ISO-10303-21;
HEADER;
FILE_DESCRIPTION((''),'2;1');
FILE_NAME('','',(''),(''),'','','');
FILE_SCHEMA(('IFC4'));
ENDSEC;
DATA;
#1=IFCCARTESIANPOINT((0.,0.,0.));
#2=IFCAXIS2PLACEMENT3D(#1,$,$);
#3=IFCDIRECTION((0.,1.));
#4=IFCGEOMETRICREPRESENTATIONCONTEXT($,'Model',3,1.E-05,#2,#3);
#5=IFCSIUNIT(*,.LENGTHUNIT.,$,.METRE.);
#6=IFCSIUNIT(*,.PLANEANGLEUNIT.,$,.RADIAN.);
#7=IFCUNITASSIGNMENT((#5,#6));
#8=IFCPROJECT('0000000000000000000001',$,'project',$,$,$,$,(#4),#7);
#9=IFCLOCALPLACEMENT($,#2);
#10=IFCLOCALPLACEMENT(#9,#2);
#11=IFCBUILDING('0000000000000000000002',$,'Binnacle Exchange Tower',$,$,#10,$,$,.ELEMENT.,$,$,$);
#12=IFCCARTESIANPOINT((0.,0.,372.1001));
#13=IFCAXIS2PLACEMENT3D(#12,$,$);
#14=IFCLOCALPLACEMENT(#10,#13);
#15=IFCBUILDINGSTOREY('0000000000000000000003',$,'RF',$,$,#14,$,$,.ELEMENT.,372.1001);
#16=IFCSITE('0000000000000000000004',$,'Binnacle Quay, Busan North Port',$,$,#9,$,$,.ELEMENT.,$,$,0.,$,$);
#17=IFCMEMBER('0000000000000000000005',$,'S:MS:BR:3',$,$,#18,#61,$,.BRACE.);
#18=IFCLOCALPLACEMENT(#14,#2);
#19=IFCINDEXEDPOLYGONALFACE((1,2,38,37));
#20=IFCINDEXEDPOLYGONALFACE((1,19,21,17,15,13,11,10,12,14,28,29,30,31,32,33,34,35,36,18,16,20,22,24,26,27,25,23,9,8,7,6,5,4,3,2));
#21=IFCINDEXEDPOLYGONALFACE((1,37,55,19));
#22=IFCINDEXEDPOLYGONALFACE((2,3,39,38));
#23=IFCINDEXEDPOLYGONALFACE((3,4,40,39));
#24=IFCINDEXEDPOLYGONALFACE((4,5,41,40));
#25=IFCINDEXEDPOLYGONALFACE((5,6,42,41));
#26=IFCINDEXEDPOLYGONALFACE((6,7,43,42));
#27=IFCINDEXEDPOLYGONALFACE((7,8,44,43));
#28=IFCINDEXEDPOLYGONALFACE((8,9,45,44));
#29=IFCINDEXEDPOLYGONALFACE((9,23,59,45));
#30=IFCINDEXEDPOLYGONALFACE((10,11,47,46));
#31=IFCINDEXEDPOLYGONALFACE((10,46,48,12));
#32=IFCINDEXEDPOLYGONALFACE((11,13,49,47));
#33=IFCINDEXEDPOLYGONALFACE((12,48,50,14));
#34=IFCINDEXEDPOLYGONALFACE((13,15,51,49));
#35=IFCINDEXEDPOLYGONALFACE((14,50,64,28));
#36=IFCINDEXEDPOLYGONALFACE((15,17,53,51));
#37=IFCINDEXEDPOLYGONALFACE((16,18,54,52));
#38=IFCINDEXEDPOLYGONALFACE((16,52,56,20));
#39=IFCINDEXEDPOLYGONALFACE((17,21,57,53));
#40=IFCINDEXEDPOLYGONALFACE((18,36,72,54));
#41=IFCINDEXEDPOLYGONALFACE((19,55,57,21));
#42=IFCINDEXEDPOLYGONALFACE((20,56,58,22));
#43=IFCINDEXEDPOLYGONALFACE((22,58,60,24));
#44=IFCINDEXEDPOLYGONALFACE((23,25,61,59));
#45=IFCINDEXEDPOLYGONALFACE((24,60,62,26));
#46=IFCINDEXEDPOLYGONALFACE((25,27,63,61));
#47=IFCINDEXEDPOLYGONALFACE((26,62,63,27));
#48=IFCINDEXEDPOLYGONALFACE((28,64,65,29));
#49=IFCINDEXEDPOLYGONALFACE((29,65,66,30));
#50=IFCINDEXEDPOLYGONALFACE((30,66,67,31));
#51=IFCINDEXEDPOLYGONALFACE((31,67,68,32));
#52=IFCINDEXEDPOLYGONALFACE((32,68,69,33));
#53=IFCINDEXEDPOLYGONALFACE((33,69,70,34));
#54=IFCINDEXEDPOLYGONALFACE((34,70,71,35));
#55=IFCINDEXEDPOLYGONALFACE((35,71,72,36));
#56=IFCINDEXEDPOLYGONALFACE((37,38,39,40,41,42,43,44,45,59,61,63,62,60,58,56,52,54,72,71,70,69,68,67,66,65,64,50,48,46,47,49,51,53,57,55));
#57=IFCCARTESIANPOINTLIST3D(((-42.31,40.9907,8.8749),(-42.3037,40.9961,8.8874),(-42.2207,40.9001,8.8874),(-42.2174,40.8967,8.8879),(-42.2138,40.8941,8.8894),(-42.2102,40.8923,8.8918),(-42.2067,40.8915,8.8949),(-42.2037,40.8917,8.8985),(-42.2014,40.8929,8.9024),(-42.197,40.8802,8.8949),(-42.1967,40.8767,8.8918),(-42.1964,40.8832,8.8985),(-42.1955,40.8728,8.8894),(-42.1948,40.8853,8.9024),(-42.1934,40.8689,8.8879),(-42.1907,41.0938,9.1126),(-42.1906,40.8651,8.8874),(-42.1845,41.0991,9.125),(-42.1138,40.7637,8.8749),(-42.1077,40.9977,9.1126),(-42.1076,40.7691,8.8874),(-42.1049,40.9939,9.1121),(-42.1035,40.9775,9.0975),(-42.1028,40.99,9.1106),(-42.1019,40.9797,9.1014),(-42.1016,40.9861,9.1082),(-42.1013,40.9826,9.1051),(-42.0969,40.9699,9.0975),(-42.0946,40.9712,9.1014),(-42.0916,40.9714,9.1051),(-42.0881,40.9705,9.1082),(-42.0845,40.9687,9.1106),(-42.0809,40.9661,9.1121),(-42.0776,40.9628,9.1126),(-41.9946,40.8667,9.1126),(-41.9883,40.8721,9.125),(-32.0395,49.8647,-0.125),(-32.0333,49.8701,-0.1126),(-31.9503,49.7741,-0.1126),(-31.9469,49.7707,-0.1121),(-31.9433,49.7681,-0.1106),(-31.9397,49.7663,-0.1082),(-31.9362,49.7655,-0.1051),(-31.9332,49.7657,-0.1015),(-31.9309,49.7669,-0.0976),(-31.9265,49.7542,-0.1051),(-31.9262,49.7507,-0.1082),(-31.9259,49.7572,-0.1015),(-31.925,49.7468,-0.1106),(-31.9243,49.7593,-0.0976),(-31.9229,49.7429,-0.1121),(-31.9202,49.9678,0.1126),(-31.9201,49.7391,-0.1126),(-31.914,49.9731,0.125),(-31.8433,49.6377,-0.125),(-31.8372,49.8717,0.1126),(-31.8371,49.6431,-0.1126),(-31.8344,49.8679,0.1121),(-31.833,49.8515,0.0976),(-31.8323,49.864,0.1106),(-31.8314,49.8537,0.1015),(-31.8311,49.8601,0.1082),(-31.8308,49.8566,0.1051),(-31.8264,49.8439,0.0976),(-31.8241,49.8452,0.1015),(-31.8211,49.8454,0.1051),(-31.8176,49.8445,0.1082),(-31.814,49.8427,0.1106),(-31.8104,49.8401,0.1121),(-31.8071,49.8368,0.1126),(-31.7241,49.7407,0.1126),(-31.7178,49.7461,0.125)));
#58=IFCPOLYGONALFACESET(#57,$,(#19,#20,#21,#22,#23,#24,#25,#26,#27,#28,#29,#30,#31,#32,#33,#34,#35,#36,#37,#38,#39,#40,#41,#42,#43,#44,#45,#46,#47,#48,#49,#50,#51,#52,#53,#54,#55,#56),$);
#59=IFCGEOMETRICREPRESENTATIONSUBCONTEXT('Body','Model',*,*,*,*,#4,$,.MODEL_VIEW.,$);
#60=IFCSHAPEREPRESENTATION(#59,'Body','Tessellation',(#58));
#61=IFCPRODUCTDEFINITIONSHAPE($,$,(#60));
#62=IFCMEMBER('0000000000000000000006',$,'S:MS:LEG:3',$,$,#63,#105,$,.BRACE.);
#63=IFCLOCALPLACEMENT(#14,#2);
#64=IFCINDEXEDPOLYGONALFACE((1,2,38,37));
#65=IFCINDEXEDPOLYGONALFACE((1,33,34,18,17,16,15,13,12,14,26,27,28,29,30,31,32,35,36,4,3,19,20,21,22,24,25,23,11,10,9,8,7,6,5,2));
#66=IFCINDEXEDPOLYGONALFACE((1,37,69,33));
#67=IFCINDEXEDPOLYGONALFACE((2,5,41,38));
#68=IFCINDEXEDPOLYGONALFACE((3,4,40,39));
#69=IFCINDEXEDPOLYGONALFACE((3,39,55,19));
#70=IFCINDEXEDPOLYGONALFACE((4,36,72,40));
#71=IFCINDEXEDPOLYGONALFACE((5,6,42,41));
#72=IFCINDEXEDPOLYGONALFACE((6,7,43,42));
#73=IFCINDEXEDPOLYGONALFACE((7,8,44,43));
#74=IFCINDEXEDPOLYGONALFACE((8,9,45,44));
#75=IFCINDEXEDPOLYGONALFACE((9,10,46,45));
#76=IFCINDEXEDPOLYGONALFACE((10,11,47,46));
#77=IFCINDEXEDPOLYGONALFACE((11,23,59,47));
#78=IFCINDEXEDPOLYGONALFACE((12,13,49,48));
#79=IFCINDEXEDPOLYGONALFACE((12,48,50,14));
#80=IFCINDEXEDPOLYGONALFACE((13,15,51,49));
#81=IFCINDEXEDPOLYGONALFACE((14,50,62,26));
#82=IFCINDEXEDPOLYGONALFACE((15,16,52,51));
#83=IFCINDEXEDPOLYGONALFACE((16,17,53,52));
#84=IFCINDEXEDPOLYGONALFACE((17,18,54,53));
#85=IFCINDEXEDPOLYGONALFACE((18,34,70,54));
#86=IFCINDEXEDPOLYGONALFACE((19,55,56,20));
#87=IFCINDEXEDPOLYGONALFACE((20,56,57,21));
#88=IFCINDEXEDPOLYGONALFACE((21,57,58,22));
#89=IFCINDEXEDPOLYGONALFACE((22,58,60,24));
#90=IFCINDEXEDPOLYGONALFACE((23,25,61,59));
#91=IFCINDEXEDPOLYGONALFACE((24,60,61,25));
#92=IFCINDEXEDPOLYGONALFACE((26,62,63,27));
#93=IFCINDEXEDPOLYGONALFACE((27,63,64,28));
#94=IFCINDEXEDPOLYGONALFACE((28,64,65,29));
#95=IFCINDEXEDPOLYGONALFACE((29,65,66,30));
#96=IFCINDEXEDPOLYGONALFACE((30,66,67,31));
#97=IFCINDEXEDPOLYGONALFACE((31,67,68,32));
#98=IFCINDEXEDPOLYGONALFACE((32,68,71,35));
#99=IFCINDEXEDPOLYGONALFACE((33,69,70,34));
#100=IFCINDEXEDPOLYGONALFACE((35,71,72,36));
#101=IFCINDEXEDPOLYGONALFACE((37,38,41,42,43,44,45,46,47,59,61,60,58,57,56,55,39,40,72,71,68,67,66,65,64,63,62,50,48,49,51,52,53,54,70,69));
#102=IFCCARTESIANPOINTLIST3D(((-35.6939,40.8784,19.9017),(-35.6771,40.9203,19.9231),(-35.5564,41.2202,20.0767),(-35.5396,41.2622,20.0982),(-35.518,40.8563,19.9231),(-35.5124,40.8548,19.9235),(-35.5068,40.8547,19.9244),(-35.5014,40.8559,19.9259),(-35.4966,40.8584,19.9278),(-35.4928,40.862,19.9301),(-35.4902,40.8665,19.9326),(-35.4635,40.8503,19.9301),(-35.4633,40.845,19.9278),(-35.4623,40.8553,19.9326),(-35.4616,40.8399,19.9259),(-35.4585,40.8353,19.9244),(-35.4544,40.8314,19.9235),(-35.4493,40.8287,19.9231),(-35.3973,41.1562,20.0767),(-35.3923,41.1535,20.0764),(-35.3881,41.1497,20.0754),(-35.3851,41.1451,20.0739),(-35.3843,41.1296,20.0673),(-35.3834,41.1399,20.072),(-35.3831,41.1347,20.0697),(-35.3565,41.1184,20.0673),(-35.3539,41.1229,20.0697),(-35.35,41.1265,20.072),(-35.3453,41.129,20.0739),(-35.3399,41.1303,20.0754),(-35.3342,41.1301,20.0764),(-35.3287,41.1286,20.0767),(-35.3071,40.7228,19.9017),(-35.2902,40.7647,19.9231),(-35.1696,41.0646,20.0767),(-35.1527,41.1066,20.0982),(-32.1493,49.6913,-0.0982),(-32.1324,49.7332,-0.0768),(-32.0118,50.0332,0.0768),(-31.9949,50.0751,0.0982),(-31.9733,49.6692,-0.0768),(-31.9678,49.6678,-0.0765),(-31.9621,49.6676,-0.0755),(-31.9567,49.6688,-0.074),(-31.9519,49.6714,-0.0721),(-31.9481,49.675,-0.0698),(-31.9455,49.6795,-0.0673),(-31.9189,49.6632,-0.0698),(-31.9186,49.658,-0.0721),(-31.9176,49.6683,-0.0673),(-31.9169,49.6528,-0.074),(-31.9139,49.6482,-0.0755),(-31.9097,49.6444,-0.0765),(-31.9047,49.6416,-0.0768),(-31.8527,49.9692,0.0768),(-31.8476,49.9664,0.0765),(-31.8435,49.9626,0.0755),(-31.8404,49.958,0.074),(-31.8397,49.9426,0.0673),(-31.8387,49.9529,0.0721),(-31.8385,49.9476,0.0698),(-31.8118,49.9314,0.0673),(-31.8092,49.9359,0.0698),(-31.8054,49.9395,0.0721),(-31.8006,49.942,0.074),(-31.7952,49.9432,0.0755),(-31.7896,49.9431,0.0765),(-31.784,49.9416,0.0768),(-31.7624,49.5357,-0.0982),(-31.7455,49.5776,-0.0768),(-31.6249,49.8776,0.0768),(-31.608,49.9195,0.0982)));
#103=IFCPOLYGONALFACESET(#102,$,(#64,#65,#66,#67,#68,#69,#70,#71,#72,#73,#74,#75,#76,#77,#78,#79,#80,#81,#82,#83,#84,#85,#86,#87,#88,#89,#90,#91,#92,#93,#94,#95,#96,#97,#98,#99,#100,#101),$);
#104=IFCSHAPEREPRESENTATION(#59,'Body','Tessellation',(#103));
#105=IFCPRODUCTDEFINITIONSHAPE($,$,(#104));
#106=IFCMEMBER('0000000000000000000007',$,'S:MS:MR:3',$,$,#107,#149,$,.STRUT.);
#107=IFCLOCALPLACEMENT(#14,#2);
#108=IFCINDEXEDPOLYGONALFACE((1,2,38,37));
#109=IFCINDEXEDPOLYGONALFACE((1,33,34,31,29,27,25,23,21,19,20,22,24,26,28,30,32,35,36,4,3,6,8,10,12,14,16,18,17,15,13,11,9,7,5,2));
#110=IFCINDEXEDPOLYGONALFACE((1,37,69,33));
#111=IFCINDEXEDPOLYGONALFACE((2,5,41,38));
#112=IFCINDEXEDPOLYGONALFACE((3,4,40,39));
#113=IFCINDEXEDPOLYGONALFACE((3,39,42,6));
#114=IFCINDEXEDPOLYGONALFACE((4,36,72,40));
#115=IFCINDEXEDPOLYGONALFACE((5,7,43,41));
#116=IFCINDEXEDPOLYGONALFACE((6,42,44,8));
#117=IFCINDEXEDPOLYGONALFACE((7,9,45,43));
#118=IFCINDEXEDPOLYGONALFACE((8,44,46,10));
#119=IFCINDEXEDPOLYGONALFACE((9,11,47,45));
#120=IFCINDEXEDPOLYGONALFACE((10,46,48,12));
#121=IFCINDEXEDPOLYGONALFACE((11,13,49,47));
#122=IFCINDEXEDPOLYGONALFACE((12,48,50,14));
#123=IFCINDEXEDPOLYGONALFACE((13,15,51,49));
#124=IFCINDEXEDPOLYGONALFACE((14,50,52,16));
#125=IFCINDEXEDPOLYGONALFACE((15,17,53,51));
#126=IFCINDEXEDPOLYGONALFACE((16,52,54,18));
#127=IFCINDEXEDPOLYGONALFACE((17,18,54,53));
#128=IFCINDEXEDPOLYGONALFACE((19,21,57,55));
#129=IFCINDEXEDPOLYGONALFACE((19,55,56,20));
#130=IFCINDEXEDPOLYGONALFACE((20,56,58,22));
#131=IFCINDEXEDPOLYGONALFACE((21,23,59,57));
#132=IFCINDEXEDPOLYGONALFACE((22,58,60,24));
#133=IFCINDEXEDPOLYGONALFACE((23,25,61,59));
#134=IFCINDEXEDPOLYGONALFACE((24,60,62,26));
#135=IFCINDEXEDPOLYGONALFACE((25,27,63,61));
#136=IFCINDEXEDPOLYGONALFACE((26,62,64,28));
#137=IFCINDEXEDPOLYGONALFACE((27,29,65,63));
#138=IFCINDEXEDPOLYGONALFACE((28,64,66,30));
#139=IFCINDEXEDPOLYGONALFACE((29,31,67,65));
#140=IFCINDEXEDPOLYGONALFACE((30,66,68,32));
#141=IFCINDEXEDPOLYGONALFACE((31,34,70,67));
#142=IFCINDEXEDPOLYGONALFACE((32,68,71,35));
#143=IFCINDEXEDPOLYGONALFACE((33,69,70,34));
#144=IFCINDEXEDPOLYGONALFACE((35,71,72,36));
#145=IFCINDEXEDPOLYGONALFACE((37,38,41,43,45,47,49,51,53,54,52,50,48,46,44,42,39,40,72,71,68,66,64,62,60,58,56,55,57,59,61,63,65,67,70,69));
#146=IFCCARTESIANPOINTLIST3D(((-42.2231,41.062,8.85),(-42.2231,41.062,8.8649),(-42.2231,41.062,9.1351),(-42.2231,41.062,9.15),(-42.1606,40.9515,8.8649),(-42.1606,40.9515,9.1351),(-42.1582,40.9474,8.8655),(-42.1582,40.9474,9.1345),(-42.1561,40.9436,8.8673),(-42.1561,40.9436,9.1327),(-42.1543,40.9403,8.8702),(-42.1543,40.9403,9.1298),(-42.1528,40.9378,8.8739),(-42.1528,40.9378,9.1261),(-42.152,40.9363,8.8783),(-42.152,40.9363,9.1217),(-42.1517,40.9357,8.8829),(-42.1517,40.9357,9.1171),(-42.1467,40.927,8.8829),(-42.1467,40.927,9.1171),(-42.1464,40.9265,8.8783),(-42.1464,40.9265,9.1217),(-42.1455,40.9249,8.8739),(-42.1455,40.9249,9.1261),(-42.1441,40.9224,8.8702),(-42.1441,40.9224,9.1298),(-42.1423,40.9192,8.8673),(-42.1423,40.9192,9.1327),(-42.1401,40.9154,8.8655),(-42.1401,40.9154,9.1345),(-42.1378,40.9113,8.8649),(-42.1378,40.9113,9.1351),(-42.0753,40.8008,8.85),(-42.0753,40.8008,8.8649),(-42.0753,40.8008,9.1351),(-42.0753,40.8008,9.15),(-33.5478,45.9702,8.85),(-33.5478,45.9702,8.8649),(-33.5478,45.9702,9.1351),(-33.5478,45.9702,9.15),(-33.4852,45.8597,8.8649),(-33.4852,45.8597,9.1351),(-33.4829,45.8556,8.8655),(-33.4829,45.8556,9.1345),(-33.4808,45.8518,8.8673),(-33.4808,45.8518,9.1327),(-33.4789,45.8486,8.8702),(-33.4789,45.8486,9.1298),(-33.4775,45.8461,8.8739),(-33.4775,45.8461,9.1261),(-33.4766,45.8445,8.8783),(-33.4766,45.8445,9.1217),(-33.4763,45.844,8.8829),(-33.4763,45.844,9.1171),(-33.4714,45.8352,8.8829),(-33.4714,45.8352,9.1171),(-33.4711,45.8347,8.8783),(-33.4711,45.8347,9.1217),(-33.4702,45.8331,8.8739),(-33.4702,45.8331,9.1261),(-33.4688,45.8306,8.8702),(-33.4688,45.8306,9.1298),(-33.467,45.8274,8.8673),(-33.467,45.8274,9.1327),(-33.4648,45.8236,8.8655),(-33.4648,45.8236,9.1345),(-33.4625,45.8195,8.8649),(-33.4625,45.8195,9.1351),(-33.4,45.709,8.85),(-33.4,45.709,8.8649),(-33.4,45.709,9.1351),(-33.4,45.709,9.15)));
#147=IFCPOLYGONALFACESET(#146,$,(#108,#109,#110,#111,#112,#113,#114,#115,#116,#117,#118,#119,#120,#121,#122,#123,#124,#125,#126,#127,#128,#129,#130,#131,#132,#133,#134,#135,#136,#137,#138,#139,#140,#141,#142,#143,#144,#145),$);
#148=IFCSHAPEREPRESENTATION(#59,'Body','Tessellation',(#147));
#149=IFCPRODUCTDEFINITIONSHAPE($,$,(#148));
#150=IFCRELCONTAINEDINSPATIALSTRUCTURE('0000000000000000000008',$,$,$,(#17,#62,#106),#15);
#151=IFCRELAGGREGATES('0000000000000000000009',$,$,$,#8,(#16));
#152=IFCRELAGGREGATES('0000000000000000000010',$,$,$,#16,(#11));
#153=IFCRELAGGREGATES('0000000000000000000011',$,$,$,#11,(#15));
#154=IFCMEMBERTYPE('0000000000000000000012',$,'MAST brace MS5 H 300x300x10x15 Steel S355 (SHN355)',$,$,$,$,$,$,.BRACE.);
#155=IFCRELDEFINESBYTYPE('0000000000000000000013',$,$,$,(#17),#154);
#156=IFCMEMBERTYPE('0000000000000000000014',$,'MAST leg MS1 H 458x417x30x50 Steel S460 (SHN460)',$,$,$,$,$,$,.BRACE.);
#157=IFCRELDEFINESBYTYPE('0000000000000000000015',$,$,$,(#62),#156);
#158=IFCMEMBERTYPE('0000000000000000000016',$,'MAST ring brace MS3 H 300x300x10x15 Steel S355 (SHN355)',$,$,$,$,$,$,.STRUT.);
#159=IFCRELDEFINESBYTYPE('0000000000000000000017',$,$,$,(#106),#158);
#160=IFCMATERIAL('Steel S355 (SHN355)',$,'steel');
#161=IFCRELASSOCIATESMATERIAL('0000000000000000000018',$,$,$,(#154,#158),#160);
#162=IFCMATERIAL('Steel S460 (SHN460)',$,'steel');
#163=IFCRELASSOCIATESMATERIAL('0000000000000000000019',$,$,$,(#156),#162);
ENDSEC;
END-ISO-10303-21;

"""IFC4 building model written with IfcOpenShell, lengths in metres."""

from ifc_helpers import new_model, si_unit, direction, frame, origin, origin_2d, place, context, subcontext, project, spatial, i_section, extrude, material, material_profile, profile_set, type_object, element, save


model = new_model("IFC4")

# Units and contexts
model_context = context("Model", 3, precision=1e-05, world=origin(), true_north=direction((0.0, 1.0)))
body_context = subcontext(model_context, "Body", "Model", "MODEL_VIEW")
ifc_project = project(units=[si_unit("LENGTHUNIT", "METRE"), si_unit("PLANEANGLEUNIT", "RADIAN")], contexts=[model_context])

# Site, building, storey
site_placement = place(None, origin())
site = spatial("IfcSite", under=ifc_project, at=site_placement, Name="Binnacle Quay, Busan North Port", CompositionType="ELEMENT", RefElevation=0.0)
building_placement = place(site_placement, origin())
building = spatial("IfcBuilding", under=site, at=building_placement, Name="Binnacle Exchange Tower", CompositionType="ELEMENT")
storey_placement = place(building_placement, frame((0.0, 0.0, 372.1001)))
storey = spatial("IfcBuildingStorey", under=building, at=storey_placement, Name="RF", CompositionType="ELEMENT", Elevation=372.1001)

# Members
ifc_material_1 = material(Name="Steel S355 (SHN355)", Category="steel")
ifc_material_profile_1 = material_profile(ifc_material_1, i_section(OverallWidth=0.3, OverallDepth=0.3, WebThickness=0.01, FlangeThickness=0.0149, FilletRadius=0.0181, at=origin_2d()), Name="H 300x300x10x15")
ifc_profile_set_1 = profile_set([ifc_material_profile_1], Name="Steel S355 (SHN355)")
member_type_1 = type_object("IfcMemberType", Name="MAST brace MS5 H 300x300x10x15 Steel S355 (SHN355)", PredefinedType="BRACE", material=ifc_profile_set_1)
member_1_placement = place(storey_placement, frame((-31.8787, 49.8054, 0.0), z_axis=(-0.630637, -0.544889, 0.552624), x_axis=(0.65379, -0.756676, 0.0)))
element("IfcMember", 1, at=member_1_placement, inside=storey, type_object=member_type_1, Name="S:MS:BR:3", PredefinedType="BRACE", context=body_context, shape_type="SweptSolid", body=[
    extrude(i_section(OverallWidth=0.3, OverallDepth=0.3, WebThickness=0.01, FlangeThickness=0.0149, FilletRadius=0.0181, at=origin_2d()), origin(), (0.0, 0.0, 1.0), 16.2859),
])
ifc_material_2 = material(Name="Steel S460 (SHN460)", Category="steel")
ifc_material_profile_2 = material_profile(ifc_material_2, i_section(OverallWidth=0.417, OverallDepth=0.458, WebThickness=0.03, FlangeThickness=0.05, FilletRadius=0.022, at=origin_2d()), Name="H 458x417x30x50")
ifc_profile_set_2 = profile_set([ifc_material_profile_2], Name="Steel S460 (SHN460)")
member_type_2 = type_object("IfcMemberType", Name="MAST leg MS1 H 458x417x30x50 Steel S460 (SHN460)", PredefinedType="BRACE", material=ifc_profile_set_2)
member_2_placement = place(storey_placement, frame((-31.8787, 49.8054, 0.0), z_axis=(-0.160094, -0.398035, 0.903293), x_axis=(0.927768, -0.373158, 0.0)))
element("IfcMember", 2, at=member_2_placement, inside=storey, type_object=member_type_2, Name="S:MS:LEG:3", PredefinedType="BRACE", context=body_context, shape_type="SweptSolid", body=[
    extrude(i_section(OverallWidth=0.417, OverallDepth=0.458, WebThickness=0.03, FlangeThickness=0.05, FilletRadius=0.022, at=origin_2d()), origin(), (0.0, 0.0, 1.0), 22.1411),
])
ifc_material_profile_3 = material_profile(ifc_material_1, i_section(OverallWidth=0.3, OverallDepth=0.3, WebThickness=0.01, FlangeThickness=0.0149, FilletRadius=0.0181, at=origin_2d()), Name="H 300x300x10x15")
ifc_profile_set_3 = profile_set([ifc_material_profile_3], Name="Steel S355 (SHN355)")
member_type_3 = type_object("IfcMemberType", Name="MAST ring brace MS3 H 300x300x10x15 Steel S355 (SHN355)", PredefinedType="STRUT", material=ifc_profile_set_3)
member_3_placement = place(storey_placement, frame((-33.4739, 45.8396, 9.0), z_axis=(-0.870357, -0.49242, 0.0), x_axis=(0.49242, -0.870357, 0.0)))
element("IfcMember", 3, at=member_3_placement, inside=storey, type_object=member_type_3, Name="S:MS:MR:3", PredefinedType="STRUT", context=body_context, shape_type="SweptSolid", body=[
    extrude(i_section(OverallWidth=0.3, OverallDepth=0.3, WebThickness=0.01, FlangeThickness=0.0149, FilletRadius=0.0181, at=origin_2d()), origin(), (0.0, 0.0, 1.0), 9.9675),
])

save(model, "model.ifc")
